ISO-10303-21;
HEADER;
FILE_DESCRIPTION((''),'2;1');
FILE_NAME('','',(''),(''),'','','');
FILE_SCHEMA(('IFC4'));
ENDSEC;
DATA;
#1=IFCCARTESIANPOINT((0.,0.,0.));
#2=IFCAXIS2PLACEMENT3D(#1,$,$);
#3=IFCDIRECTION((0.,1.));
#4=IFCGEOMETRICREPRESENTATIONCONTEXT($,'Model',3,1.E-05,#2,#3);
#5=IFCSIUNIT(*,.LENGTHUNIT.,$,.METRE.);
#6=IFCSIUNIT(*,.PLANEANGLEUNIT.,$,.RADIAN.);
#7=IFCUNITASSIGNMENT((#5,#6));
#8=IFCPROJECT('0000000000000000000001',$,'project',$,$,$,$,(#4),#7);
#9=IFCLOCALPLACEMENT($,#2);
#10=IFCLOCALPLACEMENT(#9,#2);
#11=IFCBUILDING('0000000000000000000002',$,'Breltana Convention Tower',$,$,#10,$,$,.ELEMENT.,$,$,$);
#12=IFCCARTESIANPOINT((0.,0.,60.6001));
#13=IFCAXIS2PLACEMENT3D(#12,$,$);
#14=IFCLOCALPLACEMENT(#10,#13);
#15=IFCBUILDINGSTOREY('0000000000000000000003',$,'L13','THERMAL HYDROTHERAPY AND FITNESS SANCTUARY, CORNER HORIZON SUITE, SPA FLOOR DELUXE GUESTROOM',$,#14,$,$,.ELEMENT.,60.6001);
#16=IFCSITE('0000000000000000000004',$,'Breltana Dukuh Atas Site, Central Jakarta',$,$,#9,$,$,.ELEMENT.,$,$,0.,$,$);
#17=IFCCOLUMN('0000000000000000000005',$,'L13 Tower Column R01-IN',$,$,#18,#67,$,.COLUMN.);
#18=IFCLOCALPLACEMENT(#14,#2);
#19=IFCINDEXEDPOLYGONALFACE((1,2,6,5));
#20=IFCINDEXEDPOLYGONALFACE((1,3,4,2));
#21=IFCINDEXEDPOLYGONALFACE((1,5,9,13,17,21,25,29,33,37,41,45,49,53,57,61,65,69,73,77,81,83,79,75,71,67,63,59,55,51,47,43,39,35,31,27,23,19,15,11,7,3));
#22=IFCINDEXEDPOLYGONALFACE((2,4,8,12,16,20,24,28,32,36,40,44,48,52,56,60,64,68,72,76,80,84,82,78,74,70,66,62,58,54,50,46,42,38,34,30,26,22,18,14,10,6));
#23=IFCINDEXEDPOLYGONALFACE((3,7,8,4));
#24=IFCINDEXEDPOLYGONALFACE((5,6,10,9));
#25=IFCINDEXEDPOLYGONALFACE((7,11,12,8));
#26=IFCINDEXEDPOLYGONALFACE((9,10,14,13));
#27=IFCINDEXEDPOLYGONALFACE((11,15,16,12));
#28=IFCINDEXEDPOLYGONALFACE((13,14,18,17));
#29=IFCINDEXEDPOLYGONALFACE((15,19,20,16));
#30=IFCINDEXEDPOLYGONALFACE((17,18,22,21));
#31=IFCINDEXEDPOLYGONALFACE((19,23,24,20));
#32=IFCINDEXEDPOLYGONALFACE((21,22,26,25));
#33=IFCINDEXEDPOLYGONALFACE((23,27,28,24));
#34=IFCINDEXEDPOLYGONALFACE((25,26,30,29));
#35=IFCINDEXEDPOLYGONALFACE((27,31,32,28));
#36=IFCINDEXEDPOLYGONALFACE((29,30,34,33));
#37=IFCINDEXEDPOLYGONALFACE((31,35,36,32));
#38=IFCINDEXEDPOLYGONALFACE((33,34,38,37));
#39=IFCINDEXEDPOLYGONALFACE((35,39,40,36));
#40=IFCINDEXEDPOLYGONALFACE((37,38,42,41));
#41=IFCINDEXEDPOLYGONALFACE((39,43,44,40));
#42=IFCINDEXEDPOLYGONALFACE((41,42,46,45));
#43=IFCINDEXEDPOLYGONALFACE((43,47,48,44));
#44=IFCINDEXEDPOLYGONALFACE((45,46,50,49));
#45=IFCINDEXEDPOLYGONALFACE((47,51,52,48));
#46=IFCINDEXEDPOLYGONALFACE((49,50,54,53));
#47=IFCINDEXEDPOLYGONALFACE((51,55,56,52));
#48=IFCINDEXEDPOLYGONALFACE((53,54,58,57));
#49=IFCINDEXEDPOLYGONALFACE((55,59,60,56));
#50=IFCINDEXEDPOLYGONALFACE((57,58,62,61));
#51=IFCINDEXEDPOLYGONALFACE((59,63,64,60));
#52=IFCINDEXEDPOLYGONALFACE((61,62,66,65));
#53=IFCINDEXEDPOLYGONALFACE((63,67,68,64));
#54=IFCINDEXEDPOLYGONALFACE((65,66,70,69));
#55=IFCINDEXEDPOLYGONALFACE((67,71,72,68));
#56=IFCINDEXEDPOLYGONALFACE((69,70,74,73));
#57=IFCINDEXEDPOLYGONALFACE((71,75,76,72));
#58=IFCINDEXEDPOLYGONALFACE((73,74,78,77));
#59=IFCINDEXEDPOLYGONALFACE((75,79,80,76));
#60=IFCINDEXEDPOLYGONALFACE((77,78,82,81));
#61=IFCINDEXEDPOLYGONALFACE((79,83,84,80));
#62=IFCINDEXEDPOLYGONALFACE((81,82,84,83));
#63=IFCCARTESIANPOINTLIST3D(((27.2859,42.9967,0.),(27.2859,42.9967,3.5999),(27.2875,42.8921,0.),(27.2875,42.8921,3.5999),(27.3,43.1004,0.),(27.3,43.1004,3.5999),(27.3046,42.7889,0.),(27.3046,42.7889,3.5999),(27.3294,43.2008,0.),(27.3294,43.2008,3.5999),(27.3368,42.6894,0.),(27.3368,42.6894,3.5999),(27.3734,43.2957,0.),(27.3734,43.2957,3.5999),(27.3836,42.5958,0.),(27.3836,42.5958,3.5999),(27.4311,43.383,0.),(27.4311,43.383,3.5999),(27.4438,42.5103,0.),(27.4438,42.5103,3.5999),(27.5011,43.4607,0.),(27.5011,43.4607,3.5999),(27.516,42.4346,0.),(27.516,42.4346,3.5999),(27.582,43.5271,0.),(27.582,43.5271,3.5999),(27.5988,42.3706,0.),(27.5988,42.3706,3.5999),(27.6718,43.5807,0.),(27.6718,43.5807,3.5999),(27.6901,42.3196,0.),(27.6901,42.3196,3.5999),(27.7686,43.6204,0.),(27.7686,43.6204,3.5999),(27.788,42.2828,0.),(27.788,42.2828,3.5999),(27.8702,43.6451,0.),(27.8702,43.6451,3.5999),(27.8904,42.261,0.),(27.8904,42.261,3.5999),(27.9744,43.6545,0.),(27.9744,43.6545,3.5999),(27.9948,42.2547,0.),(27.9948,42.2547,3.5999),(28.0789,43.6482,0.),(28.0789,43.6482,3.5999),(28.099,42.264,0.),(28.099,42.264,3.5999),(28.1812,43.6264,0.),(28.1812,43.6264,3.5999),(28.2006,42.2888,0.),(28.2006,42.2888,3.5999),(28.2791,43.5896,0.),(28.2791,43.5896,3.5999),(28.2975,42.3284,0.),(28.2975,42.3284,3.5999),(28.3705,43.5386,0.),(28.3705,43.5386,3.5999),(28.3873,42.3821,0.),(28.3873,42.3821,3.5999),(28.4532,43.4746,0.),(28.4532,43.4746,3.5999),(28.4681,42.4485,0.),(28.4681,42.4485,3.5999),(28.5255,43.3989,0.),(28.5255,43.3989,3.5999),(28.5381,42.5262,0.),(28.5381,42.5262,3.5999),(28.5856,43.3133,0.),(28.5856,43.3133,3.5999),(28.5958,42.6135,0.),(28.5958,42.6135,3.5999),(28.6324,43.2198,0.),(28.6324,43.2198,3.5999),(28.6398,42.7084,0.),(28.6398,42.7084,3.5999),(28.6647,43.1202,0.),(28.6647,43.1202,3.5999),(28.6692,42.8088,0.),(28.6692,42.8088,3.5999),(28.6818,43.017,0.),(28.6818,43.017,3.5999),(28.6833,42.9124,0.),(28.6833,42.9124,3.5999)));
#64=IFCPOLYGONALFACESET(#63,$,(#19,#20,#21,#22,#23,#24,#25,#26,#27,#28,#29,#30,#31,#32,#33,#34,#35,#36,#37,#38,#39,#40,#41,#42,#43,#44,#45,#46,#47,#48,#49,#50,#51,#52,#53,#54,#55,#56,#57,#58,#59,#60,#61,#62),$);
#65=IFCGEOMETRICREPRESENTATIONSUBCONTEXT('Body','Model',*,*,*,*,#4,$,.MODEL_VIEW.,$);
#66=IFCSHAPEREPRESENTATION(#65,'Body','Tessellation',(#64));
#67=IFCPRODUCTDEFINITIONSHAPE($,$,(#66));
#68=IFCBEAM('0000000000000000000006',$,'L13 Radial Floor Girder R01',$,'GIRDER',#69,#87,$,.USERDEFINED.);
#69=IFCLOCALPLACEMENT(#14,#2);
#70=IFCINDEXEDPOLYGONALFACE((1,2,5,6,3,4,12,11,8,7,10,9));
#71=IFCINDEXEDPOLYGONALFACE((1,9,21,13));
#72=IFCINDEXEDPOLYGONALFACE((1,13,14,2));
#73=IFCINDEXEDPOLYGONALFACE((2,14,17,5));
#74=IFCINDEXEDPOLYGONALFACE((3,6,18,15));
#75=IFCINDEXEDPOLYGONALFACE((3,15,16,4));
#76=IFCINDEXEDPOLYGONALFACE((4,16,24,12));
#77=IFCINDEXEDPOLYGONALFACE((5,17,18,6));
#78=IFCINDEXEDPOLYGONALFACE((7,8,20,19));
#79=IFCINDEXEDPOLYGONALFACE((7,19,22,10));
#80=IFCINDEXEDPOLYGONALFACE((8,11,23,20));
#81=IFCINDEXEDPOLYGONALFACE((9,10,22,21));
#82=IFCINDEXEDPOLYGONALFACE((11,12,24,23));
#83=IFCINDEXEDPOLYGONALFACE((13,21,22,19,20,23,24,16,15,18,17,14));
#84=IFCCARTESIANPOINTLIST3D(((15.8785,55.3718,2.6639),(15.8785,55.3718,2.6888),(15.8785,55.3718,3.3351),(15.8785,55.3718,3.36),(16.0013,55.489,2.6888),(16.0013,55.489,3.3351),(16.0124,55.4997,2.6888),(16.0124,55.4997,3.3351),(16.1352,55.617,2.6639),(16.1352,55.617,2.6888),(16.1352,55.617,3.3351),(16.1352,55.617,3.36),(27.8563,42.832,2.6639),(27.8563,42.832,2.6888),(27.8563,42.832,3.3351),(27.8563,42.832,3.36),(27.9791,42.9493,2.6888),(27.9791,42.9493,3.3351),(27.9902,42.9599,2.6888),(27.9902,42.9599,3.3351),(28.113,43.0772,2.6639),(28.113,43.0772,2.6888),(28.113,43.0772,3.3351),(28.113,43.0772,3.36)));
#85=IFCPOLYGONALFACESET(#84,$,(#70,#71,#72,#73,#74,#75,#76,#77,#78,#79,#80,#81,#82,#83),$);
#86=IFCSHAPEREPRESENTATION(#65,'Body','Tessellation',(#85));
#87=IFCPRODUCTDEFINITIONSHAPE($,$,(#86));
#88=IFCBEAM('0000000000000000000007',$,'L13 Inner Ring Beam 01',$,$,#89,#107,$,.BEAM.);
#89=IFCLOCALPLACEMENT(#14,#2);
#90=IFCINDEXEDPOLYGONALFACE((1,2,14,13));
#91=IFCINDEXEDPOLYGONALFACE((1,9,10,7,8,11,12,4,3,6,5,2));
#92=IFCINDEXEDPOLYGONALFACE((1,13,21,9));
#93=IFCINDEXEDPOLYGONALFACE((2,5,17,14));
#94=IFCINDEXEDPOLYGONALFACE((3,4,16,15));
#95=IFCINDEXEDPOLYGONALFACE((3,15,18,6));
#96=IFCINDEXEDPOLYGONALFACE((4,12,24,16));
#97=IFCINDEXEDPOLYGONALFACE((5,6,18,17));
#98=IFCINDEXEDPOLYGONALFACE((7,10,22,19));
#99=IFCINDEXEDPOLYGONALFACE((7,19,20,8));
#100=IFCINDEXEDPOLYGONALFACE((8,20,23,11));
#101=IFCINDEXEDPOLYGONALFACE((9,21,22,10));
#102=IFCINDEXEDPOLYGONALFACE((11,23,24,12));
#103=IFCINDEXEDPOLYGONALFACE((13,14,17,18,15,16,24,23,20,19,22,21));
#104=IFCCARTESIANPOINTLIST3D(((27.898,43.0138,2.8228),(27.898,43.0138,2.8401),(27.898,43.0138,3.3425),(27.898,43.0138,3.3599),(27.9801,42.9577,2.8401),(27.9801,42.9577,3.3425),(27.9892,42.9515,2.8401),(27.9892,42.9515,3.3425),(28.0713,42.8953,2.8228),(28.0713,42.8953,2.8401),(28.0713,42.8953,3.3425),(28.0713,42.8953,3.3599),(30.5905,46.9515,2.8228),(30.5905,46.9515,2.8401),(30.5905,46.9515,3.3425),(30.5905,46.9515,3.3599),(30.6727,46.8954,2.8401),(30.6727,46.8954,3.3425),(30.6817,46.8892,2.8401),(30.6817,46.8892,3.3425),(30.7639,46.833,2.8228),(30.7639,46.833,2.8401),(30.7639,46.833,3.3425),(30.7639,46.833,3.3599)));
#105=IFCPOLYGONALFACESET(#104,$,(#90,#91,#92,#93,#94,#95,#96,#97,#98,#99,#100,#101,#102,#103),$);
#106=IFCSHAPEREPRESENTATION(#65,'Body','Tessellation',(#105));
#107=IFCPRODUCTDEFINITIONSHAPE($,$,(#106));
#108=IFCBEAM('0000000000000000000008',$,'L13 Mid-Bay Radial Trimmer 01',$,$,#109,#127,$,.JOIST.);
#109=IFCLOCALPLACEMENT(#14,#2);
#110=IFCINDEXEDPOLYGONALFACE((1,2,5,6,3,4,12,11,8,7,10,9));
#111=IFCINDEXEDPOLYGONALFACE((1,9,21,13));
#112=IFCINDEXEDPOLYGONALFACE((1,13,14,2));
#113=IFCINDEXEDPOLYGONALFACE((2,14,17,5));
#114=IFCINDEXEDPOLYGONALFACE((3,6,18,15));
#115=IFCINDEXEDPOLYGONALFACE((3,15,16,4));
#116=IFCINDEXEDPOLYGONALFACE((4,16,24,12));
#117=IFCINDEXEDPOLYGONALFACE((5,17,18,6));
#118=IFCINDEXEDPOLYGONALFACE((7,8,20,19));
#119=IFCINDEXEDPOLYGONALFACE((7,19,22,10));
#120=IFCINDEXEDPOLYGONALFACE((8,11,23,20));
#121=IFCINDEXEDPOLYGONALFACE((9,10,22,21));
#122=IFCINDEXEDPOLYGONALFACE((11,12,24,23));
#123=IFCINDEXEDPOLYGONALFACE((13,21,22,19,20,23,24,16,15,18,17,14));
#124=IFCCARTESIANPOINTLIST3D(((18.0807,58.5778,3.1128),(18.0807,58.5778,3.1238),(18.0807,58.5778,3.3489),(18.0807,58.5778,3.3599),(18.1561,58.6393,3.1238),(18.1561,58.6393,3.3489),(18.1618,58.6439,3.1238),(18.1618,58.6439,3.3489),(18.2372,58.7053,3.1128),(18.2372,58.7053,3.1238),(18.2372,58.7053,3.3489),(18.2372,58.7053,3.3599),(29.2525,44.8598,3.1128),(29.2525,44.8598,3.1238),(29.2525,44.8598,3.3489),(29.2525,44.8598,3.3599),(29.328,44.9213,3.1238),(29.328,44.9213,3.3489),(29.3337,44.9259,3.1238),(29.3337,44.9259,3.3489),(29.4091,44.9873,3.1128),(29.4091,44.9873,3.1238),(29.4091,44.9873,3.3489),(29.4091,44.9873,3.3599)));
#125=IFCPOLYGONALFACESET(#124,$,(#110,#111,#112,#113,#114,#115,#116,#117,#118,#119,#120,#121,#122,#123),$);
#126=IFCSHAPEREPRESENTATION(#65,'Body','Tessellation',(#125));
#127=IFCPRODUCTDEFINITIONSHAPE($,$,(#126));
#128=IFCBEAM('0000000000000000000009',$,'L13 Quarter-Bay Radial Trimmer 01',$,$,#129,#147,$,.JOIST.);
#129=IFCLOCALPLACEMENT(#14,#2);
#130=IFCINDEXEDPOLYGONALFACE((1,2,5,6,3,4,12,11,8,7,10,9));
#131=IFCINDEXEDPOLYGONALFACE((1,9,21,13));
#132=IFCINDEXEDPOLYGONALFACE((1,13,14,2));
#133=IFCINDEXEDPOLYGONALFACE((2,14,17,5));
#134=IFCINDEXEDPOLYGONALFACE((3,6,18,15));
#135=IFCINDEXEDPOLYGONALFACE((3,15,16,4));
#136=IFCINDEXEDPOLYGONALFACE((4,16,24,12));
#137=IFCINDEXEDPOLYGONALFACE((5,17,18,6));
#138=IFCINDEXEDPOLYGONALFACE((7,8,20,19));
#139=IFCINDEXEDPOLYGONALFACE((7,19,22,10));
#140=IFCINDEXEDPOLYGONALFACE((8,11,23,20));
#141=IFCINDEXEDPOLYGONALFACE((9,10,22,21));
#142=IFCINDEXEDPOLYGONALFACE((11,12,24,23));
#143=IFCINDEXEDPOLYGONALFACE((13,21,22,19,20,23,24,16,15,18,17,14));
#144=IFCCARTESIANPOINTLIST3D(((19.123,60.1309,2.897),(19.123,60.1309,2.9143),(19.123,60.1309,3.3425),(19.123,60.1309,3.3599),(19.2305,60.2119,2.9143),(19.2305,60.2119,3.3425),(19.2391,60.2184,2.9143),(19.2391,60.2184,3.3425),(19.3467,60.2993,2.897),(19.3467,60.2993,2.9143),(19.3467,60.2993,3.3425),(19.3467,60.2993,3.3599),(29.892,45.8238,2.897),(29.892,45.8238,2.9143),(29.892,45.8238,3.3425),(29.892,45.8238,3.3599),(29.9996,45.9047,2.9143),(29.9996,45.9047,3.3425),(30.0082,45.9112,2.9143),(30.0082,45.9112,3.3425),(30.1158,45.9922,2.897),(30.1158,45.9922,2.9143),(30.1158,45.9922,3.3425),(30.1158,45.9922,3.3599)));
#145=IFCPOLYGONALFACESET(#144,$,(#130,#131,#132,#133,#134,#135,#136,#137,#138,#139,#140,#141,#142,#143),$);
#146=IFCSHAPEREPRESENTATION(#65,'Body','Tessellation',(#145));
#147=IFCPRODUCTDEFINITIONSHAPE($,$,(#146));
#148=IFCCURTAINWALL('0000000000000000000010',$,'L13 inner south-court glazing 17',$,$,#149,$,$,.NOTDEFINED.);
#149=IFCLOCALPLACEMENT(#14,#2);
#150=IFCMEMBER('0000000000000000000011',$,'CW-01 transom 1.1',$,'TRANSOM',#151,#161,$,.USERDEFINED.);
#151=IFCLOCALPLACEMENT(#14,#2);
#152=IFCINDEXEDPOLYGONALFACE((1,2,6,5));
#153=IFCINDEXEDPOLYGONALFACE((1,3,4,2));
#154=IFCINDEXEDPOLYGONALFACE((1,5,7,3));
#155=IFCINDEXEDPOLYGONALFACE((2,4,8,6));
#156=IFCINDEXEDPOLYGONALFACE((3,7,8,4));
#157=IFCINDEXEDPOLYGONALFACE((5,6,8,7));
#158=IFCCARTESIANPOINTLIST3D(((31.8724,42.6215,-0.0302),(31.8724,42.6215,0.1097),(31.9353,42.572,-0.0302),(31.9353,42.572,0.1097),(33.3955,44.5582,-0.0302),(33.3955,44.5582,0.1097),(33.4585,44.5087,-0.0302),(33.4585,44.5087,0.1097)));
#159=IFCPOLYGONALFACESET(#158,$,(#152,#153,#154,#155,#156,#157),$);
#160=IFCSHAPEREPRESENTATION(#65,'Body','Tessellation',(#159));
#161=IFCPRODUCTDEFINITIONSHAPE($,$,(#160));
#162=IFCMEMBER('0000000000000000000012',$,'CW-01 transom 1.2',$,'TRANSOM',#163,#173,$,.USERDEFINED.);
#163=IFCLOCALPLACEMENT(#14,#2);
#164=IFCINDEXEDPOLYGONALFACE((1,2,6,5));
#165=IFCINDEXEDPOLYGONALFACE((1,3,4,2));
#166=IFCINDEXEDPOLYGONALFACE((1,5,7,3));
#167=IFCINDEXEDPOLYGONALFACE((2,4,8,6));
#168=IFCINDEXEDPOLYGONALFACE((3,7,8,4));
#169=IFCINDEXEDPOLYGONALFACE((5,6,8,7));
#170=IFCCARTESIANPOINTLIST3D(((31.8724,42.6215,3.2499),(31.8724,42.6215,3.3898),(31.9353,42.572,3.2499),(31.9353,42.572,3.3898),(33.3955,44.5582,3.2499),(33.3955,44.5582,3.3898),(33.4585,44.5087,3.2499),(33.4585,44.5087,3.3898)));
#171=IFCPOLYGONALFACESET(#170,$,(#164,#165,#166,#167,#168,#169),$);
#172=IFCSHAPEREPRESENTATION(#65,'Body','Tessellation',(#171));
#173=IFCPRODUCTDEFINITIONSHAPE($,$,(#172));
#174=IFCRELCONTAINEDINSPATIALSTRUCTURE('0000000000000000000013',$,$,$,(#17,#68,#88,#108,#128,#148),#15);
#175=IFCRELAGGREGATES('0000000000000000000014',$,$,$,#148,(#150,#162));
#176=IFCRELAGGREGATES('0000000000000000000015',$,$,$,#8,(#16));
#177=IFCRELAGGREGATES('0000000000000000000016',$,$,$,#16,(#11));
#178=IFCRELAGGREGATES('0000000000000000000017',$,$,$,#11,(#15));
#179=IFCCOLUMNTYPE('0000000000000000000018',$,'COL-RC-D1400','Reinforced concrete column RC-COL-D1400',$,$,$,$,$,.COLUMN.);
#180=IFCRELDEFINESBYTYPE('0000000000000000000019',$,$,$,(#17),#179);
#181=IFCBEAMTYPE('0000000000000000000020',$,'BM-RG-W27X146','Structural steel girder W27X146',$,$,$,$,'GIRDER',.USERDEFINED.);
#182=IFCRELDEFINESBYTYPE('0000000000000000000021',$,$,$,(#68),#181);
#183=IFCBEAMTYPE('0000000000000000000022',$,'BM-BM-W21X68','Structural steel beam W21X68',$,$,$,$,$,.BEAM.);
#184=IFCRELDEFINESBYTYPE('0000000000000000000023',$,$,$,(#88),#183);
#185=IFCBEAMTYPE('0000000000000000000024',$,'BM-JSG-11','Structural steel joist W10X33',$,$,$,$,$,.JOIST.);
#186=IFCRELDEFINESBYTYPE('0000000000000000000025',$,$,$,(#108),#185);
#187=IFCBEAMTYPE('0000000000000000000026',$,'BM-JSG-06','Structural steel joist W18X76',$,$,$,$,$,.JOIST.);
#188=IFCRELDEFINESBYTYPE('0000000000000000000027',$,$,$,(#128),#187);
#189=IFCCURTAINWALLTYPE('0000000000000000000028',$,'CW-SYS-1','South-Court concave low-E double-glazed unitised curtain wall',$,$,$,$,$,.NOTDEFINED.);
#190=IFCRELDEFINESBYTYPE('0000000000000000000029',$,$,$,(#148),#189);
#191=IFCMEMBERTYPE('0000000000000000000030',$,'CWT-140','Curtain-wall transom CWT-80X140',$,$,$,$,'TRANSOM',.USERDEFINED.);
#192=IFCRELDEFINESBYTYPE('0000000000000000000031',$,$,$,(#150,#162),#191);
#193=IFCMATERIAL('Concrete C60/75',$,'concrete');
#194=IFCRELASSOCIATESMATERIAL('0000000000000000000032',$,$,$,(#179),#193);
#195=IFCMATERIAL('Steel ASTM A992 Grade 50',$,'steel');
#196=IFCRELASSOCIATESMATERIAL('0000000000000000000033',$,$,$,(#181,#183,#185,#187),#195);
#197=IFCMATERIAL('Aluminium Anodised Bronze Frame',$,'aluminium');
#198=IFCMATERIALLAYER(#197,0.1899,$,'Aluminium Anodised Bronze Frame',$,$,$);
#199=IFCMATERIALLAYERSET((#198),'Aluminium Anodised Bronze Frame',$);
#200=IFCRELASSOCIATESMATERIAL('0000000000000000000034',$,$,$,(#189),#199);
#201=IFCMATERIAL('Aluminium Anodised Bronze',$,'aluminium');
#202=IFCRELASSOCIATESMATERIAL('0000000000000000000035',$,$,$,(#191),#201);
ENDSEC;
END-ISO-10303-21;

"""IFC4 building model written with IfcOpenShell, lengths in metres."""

from ifc_helpers import new_model, si_unit, direction, frame, origin, origin_2d, place, context, subcontext, project, spatial, rectangle, circle, i_section, extrude, source, transform, mapped, material, layer, layer_set, material_profile, profile_set, type_object, type_shapes, element, aggregate, save


model = new_model("IFC4")

# Units and contexts
model_context = context("Model", 3, precision=1e-05, world=origin(), true_north=direction((0.0, 1.0)))
body_context = subcontext(model_context, "Body", "Model", "MODEL_VIEW")
ifc_project = project(units=[si_unit("LENGTHUNIT", "METRE"), si_unit("PLANEANGLEUNIT", "RADIAN")], contexts=[model_context])

# Site, building, storey
site_placement = place(None, origin())
site = spatial("IfcSite", under=ifc_project, at=site_placement, Name="Breltana Dukuh Atas Site, Central Jakarta", CompositionType="ELEMENT", RefElevation=0.0)
building_placement = place(site_placement, origin())
building = spatial("IfcBuilding", under=site, at=building_placement, Name="Breltana Convention Tower", CompositionType="ELEMENT")
storey_placement = place(building_placement, frame((0.0, 0.0, 60.6001)))
storey = spatial("IfcBuildingStorey", under=building, at=storey_placement, Name="L13", Description="THERMAL HYDROTHERAPY AND FITNESS SANCTUARY, CORNER HORIZON SUITE, SPA FLOOR DELUXE GUESTROOM", CompositionType="ELEMENT", Elevation=60.6001)

# Column
ifc_material_1 = material(Name="Concrete C60/75", Category="concrete")
ifc_material_profile_1 = material_profile(ifc_material_1, circle(Radius=0.7, at=origin_2d()), Name="RC-COL-D1400")
ifc_profile_set_1 = profile_set([ifc_material_profile_1], Name="Concrete C60/75")
column_type = type_object("IfcColumnType", Name="COL-RC-D1400", Description="Reinforced concrete column RC-COL-D1400", PredefinedType="COLUMN", material=ifc_profile_set_1)
shared_shape_1 = source(origin(), body_context, "Body", "SweptSolid", [
    extrude(circle(Radius=0.7, at=origin_2d()), origin(), (0.0, 0.0, 1.0), 3.5999),
])
column_placement = place(storey_placement, frame((27.9846, 42.9546, 0.0), z_axis=(0.0, 0.0, 1.0), x_axis=(-0.690756, 0.723088, 0.0)))
element("IfcColumn", 1, at=column_placement, inside=storey, type_object=column_type, Name="L13 Tower Column R01-IN", PredefinedType="COLUMN", context=body_context, shape_type="MappedRepresentation", body=[
    mapped(shared_shape_1, transform((0.0, 0.0, 0.0), scale=1.0)),
])

# Beams
ifc_material_2 = material(Name="Steel ASTM A992 Grade 50", Category="steel")
ifc_material_profile_2 = material_profile(ifc_material_2, i_section(OverallWidth=0.355, OverallDepth=0.696, WebThickness=0.0154, FlangeThickness=0.0249, at=origin_2d()), Name="W27X146")
ifc_profile_set_2 = profile_set([ifc_material_profile_2], Name="Steel ASTM A992 Grade 50")
beam_type_1 = type_object("IfcBeamType", Name="BM-RG-W27X146", Description="Structural steel girder W27X146", ElementType="GIRDER", PredefinedType="USERDEFINED", material=ifc_profile_set_2)
shared_shape_2 = source(origin(), body_context, "Body", "SweptSolid", [
    extrude(i_section(OverallWidth=0.355, OverallDepth=0.696, WebThickness=0.0154, FlangeThickness=0.0249, at=origin_2d()), origin(), (0.0, 0.0, 1.0), 17.3411),
])
type_shapes(beam_type_1, [shared_shape_2])
beam_1_placement = place(storey_placement, frame((27.9846, 42.9546, 3.012), z_axis=(-0.690716, 0.723126, 0.0), x_axis=(-0.723126, -0.690716, 0.0)))
element("IfcBeam", 2, at=beam_1_placement, inside=storey, type_object=beam_type_1, Name="L13 Radial Floor Girder R01", ObjectType="GIRDER", PredefinedType="USERDEFINED", context=body_context, shape_type="MappedRepresentation", body=[
    mapped(shared_shape_2, transform((0.0, 0.0, 0.0), scale=1.0)),
])
ifc_material_profile_3 = material_profile(ifc_material_2, i_section(OverallWidth=0.21, OverallDepth=0.5371, WebThickness=0.011, FlangeThickness=0.0173, at=origin_2d()), Name="W21X68")
ifc_profile_set_3 = profile_set([ifc_material_profile_3], Name="Steel ASTM A992 Grade 50")
beam_type_2 = type_object("IfcBeamType", Name="BM-BM-W21X68", Description="Structural steel beam W21X68", PredefinedType="BEAM", material=ifc_profile_set_3)
shared_shape_3 = source(origin(), body_context, "Body", "SweptSolid", [
    extrude(i_section(OverallWidth=0.21, OverallDepth=0.5371, WebThickness=0.011, FlangeThickness=0.0173, at=origin_2d()), origin(), (0.0, 0.0, 1.0), 4.7703),
])
beam_2_placement = place(storey_placement, frame((27.9846, 42.9546, 3.0913), z_axis=(0.564453, 0.825465, 0.0), x_axis=(-0.825465, 0.564453, 0.0)))
element("IfcBeam", 3, at=beam_2_placement, inside=storey, type_object=beam_type_2, Name="L13 Inner Ring Beam 01", PredefinedType="BEAM", context=body_context, shape_type="MappedRepresentation", body=[
    mapped(shared_shape_3, transform((0.0, 0.0, 0.0), scale=1.0)),
])
ifc_material_profile_4 = material_profile(ifc_material_2, i_section(OverallWidth=0.2019, OverallDepth=0.2471, WebThickness=0.0073, FlangeThickness=0.011, at=origin_2d()), Name="W10X33")
ifc_profile_set_4 = profile_set([ifc_material_profile_4], Name="Steel ASTM A992 Grade 50")
beam_type_3 = type_object("IfcBeamType", Name="BM-JSG-11", Description="Structural steel joist W10X33", PredefinedType="JOIST", material=ifc_profile_set_4)
shared_shape_4 = source(origin(), body_context, "Body", "SweptSolid", [
    extrude(i_section(OverallWidth=0.2019, OverallDepth=0.2471, WebThickness=0.0073, FlangeThickness=0.011, at=origin_2d()), origin(), (0.0, 0.0, 1.0), 17.6917),
])
type_shapes(beam_type_3, [shared_shape_4])
beam_3_placement = place(storey_placement, frame((29.3308, 44.9236, 3.2363), z_axis=(-0.631477, 0.775395, 0.0), x_axis=(-0.775395, -0.631477, 0.0)))
element("IfcBeam", 4, at=beam_3_placement, inside=storey, type_object=beam_type_3, Name="L13 Mid-Bay Radial Trimmer 01", PredefinedType="JOIST", context=body_context, shape_type="MappedRepresentation", body=[
    mapped(shared_shape_4, transform((0.0, 0.0, 0.0), scale=1.0)),
])
ifc_material_profile_5 = material_profile(ifc_material_2, i_section(OverallWidth=0.28, OverallDepth=0.4629, WebThickness=0.0107, FlangeThickness=0.0173, at=origin_2d()), Name="W18X76")
ifc_profile_set_5 = profile_set([ifc_material_profile_5], Name="Steel ASTM A992 Grade 50")
beam_type_4 = type_object("IfcBeamType", Name="BM-JSG-06", Description="Structural steel joist W18X76", PredefinedType="JOIST", material=ifc_profile_set_5)
shared_shape_5 = source(origin(), body_context, "Body", "SweptSolid", [
    extrude(i_section(OverallWidth=0.28, OverallDepth=0.4629, WebThickness=0.0107, FlangeThickness=0.0173, at=origin_2d()), origin(), (0.0, 0.0, 1.0), 17.9072),
])
beam_4_placement = place(storey_placement, frame((30.0039, 45.908, 3.1284), z_axis=(-0.601382, 0.798962, 0.0), x_axis=(-0.798962, -0.601382, 0.0)))
element("IfcBeam", 5, at=beam_4_placement, inside=storey, type_object=beam_type_4, Name="L13 Quarter-Bay Radial Trimmer 01", PredefinedType="JOIST", context=body_context, shape_type="MappedRepresentation", body=[
    mapped(shared_shape_5, transform((0.0, 0.0, 0.0), scale=1.0)),
])

# Curtain wall, members
ifc_material_3 = material(Name="Aluminium Anodised Bronze Frame", Category="aluminium")
ifc_layer_1 = layer(ifc_material_3, 0.1899, Name="Aluminium Anodised Bronze Frame")
ifc_layer_set_1 = layer_set([ifc_layer_1], Name="Aluminium Anodised Bronze Frame")
curtain_wall_type = type_object("IfcCurtainWallType", Name="CW-SYS-1", Description="South-Court concave low-E double-glazed unitised curtain wall", PredefinedType="NOTDEFINED", material=ifc_layer_set_1)
curtain_wall_1_placement = place(storey_placement, origin())
curtain_wall_1 = element("IfcCurtainWall", 6, at=curtain_wall_1_placement, inside=storey, type_object=curtain_wall_type, Name="L13 inner south-court glazing 17", PredefinedType="NOTDEFINED")
ifc_material_4 = material(Name="Aluminium Anodised Bronze", Category="aluminium")
ifc_material_profile_6 = material_profile(ifc_material_4, rectangle(XDim=0.0801, YDim=0.1399, at=origin_2d()), Name="CWT-80X140")
ifc_profile_set_6 = profile_set([ifc_material_profile_6], Name="Aluminium Anodised Bronze")
member_type_1 = type_object("IfcMemberType", Name="CWT-140", Description="Curtain-wall transom CWT-80X140", ElementType="TRANSOM", PredefinedType="USERDEFINED", material=ifc_profile_set_6)
shared_shape_6 = source(origin(), body_context, "Body", "SweptSolid", [
    extrude(rectangle(XDim=0.0801, YDim=0.1399, at=origin_2d()), origin(), (0.0, 0.0, 1.0), 2.4639),
])
member_1_placement = place(storey_placement, frame((33.427, 44.5334, 0.0398), z_axis=(-0.618185, -0.786033, 0.0), x_axis=(0.786033, -0.618185, 0.0)))
member_1 = element("IfcMember", 7, at=member_1_placement, type_object=member_type_1, Name="CW-01 transom 1.1", ObjectType="TRANSOM", PredefinedType="USERDEFINED", context=body_context, shape_type="MappedRepresentation", body=[
    mapped(shared_shape_6, transform((0.0, 0.0, 0.0), scale=1.0)),
])
member_2_placement = place(storey_placement, frame((33.427, 44.5334, 3.3198), z_axis=(-0.618185, -0.786033, 0.0), x_axis=(0.786033, -0.618185, 0.0)))
member_2 = element("IfcMember", 8, at=member_2_placement, type_object=member_type_1, Name="CW-01 transom 1.2", ObjectType="TRANSOM", PredefinedType="USERDEFINED", context=body_context, shape_type="MappedRepresentation", body=[
    mapped(shared_shape_6, transform((0.0, 0.0, 0.0), scale=1.0)),
])

aggregate(curtain_wall_1, [member_1, member_2])

save(model, "model.ifc")
